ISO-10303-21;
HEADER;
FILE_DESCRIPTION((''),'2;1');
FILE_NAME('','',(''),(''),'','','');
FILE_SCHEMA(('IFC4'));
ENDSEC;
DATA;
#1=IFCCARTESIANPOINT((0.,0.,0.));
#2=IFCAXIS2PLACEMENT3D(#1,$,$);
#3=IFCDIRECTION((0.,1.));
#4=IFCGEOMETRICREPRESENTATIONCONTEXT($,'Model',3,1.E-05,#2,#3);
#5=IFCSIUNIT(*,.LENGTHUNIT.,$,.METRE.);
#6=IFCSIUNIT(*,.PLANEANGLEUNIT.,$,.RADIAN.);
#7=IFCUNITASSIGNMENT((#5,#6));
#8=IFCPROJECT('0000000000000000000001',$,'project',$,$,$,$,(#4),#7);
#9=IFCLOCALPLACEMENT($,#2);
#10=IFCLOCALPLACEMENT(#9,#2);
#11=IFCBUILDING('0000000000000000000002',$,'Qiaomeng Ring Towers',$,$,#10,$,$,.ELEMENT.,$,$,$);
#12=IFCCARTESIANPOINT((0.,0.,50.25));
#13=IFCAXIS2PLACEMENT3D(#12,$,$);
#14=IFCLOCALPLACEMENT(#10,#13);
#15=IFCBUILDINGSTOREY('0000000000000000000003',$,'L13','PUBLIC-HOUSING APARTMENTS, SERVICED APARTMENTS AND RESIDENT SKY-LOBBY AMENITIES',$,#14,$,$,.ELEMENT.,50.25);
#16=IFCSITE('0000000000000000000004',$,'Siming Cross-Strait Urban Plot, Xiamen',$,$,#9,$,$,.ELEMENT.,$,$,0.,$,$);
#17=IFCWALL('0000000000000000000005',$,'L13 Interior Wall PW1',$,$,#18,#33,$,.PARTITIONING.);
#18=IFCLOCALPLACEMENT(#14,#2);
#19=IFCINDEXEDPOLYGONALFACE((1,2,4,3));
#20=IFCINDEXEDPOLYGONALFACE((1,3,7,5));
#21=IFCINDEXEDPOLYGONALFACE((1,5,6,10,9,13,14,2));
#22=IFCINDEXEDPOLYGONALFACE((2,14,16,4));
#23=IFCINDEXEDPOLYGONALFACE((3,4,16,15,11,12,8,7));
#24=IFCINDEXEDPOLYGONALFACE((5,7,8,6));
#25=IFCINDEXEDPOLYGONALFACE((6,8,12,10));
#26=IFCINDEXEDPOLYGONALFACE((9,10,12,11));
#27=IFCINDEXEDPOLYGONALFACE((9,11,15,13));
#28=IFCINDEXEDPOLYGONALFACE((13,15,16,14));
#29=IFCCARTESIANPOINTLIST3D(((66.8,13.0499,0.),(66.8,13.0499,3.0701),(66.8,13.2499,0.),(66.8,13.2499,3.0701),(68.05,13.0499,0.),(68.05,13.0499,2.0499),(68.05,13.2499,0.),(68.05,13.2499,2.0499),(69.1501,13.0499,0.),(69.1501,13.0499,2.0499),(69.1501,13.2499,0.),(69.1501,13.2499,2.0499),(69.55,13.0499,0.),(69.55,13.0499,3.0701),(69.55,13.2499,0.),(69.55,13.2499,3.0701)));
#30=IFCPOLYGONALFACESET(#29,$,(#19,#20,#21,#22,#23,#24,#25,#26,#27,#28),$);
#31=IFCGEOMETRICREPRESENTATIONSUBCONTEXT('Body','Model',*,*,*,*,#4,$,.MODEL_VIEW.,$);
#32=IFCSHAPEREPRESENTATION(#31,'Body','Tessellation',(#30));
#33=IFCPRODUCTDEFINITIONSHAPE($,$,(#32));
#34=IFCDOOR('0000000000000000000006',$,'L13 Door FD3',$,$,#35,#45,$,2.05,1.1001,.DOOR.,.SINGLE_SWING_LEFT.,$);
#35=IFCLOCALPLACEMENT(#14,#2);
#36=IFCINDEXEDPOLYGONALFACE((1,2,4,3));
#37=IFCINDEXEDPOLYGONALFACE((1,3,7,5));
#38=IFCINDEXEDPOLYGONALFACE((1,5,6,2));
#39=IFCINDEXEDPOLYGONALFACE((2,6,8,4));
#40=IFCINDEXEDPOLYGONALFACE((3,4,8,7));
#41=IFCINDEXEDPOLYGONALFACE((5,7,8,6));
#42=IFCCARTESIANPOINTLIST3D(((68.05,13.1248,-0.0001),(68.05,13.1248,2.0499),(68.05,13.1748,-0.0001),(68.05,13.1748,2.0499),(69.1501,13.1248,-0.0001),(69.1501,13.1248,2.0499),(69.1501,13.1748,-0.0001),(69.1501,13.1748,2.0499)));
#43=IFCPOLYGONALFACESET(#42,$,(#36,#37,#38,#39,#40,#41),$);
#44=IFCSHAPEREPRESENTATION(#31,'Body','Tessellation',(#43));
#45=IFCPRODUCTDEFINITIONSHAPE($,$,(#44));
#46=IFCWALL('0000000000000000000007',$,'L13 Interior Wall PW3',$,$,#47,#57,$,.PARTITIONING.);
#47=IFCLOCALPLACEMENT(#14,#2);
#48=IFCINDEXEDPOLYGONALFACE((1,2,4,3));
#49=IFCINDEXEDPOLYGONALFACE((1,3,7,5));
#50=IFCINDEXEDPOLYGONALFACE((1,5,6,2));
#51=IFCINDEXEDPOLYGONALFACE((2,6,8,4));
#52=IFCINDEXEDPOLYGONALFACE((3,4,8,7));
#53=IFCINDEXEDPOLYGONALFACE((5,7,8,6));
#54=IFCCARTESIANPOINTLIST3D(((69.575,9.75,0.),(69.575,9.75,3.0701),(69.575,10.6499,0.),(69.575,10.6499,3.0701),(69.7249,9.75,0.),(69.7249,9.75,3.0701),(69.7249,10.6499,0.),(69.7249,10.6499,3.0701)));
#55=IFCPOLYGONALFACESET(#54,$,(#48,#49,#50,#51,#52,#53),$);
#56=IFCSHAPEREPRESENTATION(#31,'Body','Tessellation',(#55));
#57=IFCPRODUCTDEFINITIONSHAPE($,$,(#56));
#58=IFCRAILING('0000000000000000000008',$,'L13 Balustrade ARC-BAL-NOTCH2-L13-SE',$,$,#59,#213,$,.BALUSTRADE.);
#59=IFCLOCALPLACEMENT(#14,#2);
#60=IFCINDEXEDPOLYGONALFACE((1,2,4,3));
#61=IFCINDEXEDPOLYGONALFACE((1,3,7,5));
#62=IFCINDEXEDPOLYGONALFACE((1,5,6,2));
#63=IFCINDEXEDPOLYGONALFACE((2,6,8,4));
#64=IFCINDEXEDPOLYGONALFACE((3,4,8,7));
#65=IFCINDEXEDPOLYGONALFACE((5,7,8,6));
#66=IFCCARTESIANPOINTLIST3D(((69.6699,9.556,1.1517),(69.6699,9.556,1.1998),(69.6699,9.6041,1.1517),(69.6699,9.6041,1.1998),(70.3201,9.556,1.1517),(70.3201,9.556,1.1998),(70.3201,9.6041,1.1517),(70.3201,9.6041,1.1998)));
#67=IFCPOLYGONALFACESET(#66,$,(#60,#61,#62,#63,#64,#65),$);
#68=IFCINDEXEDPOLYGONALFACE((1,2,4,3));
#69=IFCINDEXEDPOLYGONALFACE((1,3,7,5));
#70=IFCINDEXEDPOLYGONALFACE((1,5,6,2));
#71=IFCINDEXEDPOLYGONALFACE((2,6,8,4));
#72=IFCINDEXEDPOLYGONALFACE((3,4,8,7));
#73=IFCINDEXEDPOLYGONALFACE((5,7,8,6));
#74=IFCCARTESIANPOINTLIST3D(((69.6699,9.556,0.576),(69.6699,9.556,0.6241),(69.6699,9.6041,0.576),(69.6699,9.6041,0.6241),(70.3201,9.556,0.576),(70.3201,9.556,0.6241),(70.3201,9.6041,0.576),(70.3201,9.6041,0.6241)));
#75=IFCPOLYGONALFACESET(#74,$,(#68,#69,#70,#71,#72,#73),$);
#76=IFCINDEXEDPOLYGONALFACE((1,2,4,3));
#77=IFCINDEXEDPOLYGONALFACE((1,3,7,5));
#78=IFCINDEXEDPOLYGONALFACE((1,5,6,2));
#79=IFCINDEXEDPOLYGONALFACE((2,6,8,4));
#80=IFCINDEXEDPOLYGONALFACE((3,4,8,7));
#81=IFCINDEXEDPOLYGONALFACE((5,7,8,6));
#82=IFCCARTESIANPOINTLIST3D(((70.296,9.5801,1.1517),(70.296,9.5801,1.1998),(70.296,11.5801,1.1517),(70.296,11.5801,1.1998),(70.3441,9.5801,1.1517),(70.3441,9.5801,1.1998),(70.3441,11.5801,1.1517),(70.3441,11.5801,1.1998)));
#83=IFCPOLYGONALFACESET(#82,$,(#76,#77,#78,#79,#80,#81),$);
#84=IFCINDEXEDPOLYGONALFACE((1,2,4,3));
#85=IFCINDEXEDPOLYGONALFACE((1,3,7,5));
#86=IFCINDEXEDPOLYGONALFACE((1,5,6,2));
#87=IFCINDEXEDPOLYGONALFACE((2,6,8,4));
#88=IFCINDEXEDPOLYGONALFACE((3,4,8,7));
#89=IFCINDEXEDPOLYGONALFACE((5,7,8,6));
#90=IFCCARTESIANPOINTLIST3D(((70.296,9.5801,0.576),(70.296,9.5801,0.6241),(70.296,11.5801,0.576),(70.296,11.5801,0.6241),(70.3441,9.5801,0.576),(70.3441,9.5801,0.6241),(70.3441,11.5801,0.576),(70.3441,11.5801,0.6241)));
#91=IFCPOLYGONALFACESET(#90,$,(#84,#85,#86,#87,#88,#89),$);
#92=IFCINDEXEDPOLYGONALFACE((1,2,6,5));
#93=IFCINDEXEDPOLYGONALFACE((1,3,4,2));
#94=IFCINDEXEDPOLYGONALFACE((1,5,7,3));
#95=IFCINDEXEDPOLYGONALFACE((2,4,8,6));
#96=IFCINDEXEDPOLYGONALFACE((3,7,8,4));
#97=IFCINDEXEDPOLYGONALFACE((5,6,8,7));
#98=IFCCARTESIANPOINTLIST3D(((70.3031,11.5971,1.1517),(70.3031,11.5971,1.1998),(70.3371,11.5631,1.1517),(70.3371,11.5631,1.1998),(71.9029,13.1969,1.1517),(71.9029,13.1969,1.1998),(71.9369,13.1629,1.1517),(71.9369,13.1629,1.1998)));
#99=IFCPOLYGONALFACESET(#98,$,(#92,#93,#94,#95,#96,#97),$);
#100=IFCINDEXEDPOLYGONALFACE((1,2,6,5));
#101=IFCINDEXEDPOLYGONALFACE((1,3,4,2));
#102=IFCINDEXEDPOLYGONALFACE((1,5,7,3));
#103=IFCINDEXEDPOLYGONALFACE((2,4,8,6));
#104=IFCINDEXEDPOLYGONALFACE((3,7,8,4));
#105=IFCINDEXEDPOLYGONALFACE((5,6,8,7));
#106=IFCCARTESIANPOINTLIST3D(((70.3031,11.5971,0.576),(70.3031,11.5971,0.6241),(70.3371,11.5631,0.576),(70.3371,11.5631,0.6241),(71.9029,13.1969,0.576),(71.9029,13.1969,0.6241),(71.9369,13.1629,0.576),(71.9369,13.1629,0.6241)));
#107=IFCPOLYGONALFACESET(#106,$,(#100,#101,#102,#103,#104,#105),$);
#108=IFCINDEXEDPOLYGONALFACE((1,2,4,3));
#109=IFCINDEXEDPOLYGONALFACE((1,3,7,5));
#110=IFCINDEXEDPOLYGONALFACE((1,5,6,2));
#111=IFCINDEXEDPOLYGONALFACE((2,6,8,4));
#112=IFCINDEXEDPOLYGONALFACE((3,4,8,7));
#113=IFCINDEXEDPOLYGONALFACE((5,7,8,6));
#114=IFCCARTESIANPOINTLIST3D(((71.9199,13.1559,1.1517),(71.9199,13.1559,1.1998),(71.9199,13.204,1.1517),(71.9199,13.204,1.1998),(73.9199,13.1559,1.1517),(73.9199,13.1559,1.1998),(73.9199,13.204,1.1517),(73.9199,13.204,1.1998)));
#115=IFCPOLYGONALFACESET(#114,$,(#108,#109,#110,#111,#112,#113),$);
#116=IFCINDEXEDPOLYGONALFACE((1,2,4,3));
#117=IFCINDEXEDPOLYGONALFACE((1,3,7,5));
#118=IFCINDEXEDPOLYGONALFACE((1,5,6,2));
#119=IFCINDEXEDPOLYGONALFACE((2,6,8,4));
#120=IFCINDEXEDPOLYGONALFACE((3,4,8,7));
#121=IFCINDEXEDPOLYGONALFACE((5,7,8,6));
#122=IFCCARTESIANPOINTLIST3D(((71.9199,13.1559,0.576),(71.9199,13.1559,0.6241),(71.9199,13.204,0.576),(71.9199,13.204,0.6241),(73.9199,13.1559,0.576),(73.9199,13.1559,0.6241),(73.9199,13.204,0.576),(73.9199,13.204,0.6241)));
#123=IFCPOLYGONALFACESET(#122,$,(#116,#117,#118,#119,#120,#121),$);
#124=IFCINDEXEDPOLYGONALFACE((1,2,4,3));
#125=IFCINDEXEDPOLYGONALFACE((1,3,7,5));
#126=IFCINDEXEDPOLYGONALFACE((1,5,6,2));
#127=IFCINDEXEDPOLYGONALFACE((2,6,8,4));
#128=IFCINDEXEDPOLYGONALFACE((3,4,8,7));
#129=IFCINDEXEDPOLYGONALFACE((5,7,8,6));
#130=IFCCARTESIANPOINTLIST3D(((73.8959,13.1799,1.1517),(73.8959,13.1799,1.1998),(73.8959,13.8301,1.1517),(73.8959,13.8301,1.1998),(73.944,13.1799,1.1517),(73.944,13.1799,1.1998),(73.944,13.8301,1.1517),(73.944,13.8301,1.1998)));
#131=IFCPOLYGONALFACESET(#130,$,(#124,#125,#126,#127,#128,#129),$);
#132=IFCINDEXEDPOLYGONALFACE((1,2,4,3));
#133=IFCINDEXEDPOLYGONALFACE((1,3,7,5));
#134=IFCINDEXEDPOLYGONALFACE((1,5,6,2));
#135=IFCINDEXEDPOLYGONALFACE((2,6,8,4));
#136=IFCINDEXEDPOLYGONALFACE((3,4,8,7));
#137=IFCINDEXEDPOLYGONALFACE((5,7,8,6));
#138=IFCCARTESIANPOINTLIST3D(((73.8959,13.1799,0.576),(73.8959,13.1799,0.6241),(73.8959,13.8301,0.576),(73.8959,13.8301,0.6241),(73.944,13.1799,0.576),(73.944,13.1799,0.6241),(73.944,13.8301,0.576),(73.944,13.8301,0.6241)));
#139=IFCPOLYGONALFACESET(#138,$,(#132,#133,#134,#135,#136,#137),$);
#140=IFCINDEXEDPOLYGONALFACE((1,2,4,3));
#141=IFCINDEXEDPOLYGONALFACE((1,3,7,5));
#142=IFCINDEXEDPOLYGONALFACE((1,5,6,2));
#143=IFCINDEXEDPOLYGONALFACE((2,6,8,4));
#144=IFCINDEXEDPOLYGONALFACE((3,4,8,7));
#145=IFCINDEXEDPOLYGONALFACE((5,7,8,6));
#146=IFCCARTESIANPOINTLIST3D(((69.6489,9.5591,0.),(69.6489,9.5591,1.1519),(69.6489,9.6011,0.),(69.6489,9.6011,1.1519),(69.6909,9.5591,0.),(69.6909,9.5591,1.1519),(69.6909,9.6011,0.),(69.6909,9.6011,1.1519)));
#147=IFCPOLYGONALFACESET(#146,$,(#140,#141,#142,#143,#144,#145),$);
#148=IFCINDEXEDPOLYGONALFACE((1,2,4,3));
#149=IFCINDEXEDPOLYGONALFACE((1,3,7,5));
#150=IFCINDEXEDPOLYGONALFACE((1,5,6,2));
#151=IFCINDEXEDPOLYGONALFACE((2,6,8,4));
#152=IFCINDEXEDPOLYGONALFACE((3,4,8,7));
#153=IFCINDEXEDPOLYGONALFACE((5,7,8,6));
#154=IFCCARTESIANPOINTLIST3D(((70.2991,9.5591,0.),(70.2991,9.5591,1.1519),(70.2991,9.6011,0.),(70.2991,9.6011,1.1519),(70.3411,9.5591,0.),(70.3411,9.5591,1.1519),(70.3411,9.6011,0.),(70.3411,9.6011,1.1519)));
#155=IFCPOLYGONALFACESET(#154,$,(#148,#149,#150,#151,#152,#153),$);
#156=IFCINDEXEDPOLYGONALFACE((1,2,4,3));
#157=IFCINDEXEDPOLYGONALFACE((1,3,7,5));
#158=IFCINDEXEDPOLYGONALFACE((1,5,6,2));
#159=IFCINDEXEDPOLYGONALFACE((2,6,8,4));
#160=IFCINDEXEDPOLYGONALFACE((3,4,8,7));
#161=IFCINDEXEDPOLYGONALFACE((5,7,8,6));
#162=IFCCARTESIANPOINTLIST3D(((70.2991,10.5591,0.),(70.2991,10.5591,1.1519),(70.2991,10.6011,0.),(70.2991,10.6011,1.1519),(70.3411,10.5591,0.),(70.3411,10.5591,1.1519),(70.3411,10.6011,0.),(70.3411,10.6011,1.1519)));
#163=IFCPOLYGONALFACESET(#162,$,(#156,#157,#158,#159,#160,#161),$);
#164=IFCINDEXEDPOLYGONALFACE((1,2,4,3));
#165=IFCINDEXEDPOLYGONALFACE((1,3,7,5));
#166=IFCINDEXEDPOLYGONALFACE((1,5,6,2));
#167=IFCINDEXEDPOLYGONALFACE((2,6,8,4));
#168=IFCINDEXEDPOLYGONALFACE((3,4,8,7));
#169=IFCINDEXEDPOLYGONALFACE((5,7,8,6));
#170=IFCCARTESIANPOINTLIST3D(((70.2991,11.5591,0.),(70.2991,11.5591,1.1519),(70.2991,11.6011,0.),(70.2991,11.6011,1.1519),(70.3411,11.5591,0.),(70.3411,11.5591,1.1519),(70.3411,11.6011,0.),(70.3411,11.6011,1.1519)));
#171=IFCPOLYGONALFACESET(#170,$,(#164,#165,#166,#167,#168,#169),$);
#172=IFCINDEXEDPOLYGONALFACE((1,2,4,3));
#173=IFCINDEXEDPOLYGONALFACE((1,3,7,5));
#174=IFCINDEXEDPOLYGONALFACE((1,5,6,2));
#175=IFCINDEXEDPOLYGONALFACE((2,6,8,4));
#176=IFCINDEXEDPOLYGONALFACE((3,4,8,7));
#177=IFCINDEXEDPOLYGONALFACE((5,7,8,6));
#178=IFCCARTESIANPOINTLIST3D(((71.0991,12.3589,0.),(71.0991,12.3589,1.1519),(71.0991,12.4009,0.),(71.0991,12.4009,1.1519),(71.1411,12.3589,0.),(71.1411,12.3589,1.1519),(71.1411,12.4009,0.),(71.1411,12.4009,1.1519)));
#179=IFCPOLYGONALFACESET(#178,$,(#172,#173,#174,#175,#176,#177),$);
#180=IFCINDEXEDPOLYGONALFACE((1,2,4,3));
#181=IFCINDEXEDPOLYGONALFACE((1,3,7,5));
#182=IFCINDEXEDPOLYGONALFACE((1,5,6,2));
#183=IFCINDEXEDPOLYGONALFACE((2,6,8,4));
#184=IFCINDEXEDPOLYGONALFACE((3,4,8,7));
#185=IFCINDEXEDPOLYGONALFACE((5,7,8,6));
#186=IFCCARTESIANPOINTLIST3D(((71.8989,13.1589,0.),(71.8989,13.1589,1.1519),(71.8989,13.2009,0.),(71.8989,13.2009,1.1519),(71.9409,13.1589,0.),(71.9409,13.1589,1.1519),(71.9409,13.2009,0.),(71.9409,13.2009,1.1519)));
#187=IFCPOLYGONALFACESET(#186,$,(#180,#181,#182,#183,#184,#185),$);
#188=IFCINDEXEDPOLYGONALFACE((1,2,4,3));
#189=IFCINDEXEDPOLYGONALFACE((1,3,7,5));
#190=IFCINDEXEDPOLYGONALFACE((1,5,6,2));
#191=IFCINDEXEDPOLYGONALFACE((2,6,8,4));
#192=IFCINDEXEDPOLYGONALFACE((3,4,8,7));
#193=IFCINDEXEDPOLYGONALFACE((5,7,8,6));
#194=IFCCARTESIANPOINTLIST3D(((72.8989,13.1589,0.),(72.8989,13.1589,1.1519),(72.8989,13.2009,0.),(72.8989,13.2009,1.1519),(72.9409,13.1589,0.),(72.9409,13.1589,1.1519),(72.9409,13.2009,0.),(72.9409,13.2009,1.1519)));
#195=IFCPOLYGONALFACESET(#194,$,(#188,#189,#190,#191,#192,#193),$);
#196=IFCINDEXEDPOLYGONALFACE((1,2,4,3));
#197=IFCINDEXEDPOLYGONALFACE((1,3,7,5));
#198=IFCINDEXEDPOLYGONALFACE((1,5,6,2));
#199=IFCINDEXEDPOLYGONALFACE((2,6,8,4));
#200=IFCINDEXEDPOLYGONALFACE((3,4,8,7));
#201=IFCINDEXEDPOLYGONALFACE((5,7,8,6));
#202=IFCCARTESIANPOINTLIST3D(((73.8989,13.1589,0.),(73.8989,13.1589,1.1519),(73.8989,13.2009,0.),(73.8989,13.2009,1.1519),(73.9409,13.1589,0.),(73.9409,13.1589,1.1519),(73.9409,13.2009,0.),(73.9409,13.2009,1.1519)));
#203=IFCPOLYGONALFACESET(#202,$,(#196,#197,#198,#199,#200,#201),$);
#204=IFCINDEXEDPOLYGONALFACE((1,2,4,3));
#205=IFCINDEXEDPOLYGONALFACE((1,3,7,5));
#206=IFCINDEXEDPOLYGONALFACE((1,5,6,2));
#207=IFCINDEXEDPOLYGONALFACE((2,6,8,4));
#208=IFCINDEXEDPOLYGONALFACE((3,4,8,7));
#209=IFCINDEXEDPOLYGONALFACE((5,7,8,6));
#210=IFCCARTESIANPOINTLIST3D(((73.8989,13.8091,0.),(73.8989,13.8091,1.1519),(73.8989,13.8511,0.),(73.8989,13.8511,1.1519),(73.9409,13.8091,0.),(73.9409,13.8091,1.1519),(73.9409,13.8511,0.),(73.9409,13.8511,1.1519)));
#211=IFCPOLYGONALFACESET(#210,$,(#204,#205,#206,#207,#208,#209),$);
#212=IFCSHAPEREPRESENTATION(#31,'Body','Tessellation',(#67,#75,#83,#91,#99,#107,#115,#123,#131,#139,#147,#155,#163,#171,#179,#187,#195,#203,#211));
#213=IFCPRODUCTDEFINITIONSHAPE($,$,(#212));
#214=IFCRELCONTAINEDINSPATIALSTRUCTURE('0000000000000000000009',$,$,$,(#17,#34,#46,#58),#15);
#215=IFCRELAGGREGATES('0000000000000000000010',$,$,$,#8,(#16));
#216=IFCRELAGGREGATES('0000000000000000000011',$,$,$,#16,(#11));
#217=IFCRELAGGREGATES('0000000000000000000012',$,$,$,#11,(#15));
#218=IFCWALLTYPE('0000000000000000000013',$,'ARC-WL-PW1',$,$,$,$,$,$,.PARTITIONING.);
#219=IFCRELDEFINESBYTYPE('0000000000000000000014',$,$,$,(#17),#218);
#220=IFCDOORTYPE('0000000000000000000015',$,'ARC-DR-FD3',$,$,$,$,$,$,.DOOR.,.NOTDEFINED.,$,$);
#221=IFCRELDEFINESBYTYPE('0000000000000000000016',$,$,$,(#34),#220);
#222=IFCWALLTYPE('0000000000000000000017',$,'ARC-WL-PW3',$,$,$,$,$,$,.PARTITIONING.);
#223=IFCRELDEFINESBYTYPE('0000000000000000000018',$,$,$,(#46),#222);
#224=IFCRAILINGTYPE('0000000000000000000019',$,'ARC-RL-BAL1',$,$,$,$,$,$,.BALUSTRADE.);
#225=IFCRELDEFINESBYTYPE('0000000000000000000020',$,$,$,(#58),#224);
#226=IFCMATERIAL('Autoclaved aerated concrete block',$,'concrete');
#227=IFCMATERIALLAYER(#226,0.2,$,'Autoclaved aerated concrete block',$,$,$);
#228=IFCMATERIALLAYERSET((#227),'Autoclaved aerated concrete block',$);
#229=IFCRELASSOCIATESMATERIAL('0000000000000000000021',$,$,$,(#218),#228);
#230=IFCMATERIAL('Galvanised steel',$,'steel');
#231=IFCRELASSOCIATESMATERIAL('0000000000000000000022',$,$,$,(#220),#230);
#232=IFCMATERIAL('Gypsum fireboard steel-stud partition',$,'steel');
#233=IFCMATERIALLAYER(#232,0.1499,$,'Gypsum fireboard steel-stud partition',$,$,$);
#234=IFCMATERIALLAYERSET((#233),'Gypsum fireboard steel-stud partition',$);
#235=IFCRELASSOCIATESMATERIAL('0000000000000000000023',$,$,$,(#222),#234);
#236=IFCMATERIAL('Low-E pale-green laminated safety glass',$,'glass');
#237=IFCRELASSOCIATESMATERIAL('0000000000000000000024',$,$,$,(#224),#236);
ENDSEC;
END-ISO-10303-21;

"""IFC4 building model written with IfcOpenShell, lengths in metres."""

from ifc_helpers import new_model, si_unit, direction, frame, frame_2d, origin, origin_2d, place, context, subcontext, project, spatial, rectangle, extrude, source, transform, mapped, material, layer, layer_set, type_object, element, fill, save


model = new_model("IFC4")

# Units and contexts
model_context = context("Model", 3, precision=1e-05, world=origin(), true_north=direction((0.0, 1.0)))
body_context = subcontext(model_context, "Body", "Model", "MODEL_VIEW")
ifc_project = project(units=[si_unit("LENGTHUNIT", "METRE"), si_unit("PLANEANGLEUNIT", "RADIAN")], contexts=[model_context])

# Site, building, storey
site_placement = place(None, origin())
site = spatial("IfcSite", under=ifc_project, at=site_placement, Name="Siming Cross-Strait Urban Plot, Xiamen", CompositionType="ELEMENT", RefElevation=0.0)
building_placement = place(site_placement, origin())
building = spatial("IfcBuilding", under=site, at=building_placement, Name="Qiaomeng Ring Towers", CompositionType="ELEMENT")
storey_placement = place(building_placement, frame((0.0, 0.0, 50.25)))
storey = spatial("IfcBuildingStorey", under=building, at=storey_placement, Name="L13", Description="PUBLIC-HOUSING APARTMENTS, SERVICED APARTMENTS AND RESIDENT SKY-LOBBY AMENITIES", CompositionType="ELEMENT", Elevation=50.25)

# Shared definitions
ifc_material_1 = material(Name="Autoclaved aerated concrete block", Category="concrete")
ifc_layer_1 = layer(ifc_material_1, 0.2, Name="Autoclaved aerated concrete block")
ifc_layer_set_1 = layer_set([ifc_layer_1], Name="Autoclaved aerated concrete block")
wall_type_1 = type_object("IfcWallType", Name="ARC-WL-PW1", PredefinedType="PARTITIONING", material=ifc_layer_set_1)

# Wall, opening, door
wall_1_placement = place(storey_placement, frame((66.8, 13.1499, 0.0), z_axis=(0.0, 0.0, 1.0), x_axis=(1.0, 0.0, 0.0)))
wall_1 = element("IfcWall", 1, at=wall_1_placement, inside=storey, type_object=wall_type_1, Name="L13 Interior Wall PW1", PredefinedType="PARTITIONING", context=body_context, shape_type="SweptSolid", body=[
    extrude(rectangle(XDim=2.75, YDim=0.2, at=frame_2d((1.375, 0.0))), origin(), (0.0, 0.0, 1.0), 3.0701),
])
opening_1_placement = place(wall_1_placement, frame((1.25, 0.0, 0.0)))
opening_1 = element("IfcOpeningElement", 2, at=opening_1_placement, cuts=wall_1, PredefinedType="OPENING", context=body_context, shape_type="SweptSolid", body=[
    extrude(rectangle(XDim=1.1001, YDim=2.05, at=frame_2d((0.55, 1.0249))), frame((0.0, 0.1099, 0.0), z_axis=(0.0, -1.0, 0.0), x_axis=(1.0, 0.0, 0.0)), (0.0, 0.0, 1.0), 0.22),
])
ifc_material_2 = material(Name="Galvanised steel", Category="steel")
door_type_1 = type_object("IfcDoorType", Name="ARC-DR-FD3", OperationType="NOTDEFINED", PredefinedType="DOOR", material=ifc_material_2)
shared_shape_1 = source(origin(), body_context, "Body", "SweptSolid", [
    extrude(rectangle(XDim=1.1001, YDim=2.05, at=frame_2d((0.55, 1.0249))), frame((0.0, 0.0249, 0.0), z_axis=(0.0, -1.0, 0.0), x_axis=(1.0, 0.0, 0.0)), (0.0, 0.0, 1.0), 0.05),
])
door_1_placement = place(opening_1_placement, origin())
door_1 = element("IfcDoor", 3, at=door_1_placement, inside=storey, type_object=door_type_1, Name="L13 Door FD3", OperationType="SINGLE_SWING_LEFT", OverallHeight=2.05, OverallWidth=1.1001, PredefinedType="DOOR", context=body_context, shape_type="MappedRepresentation", body=[
    mapped(shared_shape_1, transform((0.0, 0.0, 0.0), x_axis=(1.0, 0.0, 0.0), y_axis=(0.0, 1.0, 0.0), z_axis=(0.0, 0.0, 1.0), scale=1.0)),
])
fill(opening_1, door_1)

# Wall
ifc_material_3 = material(Name="Gypsum fireboard steel-stud partition", Category="steel")
ifc_layer_2 = layer(ifc_material_3, 0.1499, Name="Gypsum fireboard steel-stud partition")
ifc_layer_set_2 = layer_set([ifc_layer_2], Name="Gypsum fireboard steel-stud partition")
wall_type_2 = type_object("IfcWallType", Name="ARC-WL-PW3", PredefinedType="PARTITIONING", material=ifc_layer_set_2)
wall_2_placement = place(storey_placement, frame((69.6499, 9.75, 0.0), z_axis=(0.0, 0.0, 1.0), x_axis=(0.0, 1.0, 0.0)))
element("IfcWall", 4, at=wall_2_placement, inside=storey, type_object=wall_type_2, Name="L13 Interior Wall PW3", PredefinedType="PARTITIONING", context=body_context, shape_type="SweptSolid", body=[
    extrude(rectangle(XDim=0.8999, YDim=0.1499, at=frame_2d((0.45, 0.0))), origin(), (0.0, 0.0, 1.0), 3.0701),
])

# Railing
ifc_material_4 = material(Name="Low-E pale-green laminated safety glass", Category="glass")
railing_type = type_object("IfcRailingType", Name="ARC-RL-BAL1", PredefinedType="BALUSTRADE", material=ifc_material_4)
railing_placement = place(storey_placement, frame((69.6699, 9.5801, 0.0)))
element("IfcRailing", 5, at=railing_placement, inside=storey, type_object=railing_type, Name="L13 Balustrade ARC-BAL-NOTCH2-L13-SE", PredefinedType="BALUSTRADE", context=body_context, shape_type="SweptSolid", body=[
    extrude(rectangle(XDim=0.0481, YDim=0.0481, at=origin_2d()), frame((0.0, 0.0, 1.1758), z_axis=(1.0, 0.0, 0.0), x_axis=(0.0, 1.0, 0.0)), (0.0, 0.0, 1.0), 0.6501),
    extrude(rectangle(XDim=0.0481, YDim=0.0481, at=origin_2d()), frame((0.0, 0.0, 0.6001), z_axis=(1.0, 0.0, 0.0), x_axis=(0.0, 1.0, 0.0)), (0.0, 0.0, 1.0), 0.6501),
    extrude(rectangle(XDim=0.0481, YDim=0.0481, at=origin_2d()), frame((0.6501, 0.0, 1.1758), z_axis=(0.0, 1.0, 0.0), x_axis=(-1.0, 0.0, 0.0)), (0.0, 0.0, 1.0), 2.0),
    extrude(rectangle(XDim=0.0481, YDim=0.0481, at=origin_2d()), frame((0.6501, 0.0, 0.6001), z_axis=(0.0, 1.0, 0.0), x_axis=(-1.0, 0.0, 0.0)), (0.0, 0.0, 1.0), 2.0),
    extrude(rectangle(XDim=0.0481, YDim=0.0481, at=origin_2d()), frame((0.6501, 2.0, 1.1758), z_axis=(0.707107, 0.707107, 0.0), x_axis=(-0.707107, 0.707107, 0.0)), (0.0, 0.0, 1.0), 2.2625),
    extrude(rectangle(XDim=0.0481, YDim=0.0481, at=origin_2d()), frame((0.6501, 2.0, 0.6001), z_axis=(0.707107, 0.707107, 0.0), x_axis=(-0.707107, 0.707107, 0.0)), (0.0, 0.0, 1.0), 2.2625),
    extrude(rectangle(XDim=0.0481, YDim=0.0481, at=origin_2d()), frame((2.25, 3.5999, 1.1758), z_axis=(1.0, 0.0, 0.0), x_axis=(0.0, 1.0, 0.0)), (0.0, 0.0, 1.0), 2.0),
    extrude(rectangle(XDim=0.0481, YDim=0.0481, at=origin_2d()), frame((2.25, 3.5999, 0.6001), z_axis=(1.0, 0.0, 0.0), x_axis=(0.0, 1.0, 0.0)), (0.0, 0.0, 1.0), 2.0),
    extrude(rectangle(XDim=0.0481, YDim=0.0481, at=origin_2d()), frame((4.25, 3.5999, 1.1758), z_axis=(0.0, 1.0, 0.0), x_axis=(-1.0, 0.0, 0.0)), (0.0, 0.0, 1.0), 0.6501),
    extrude(rectangle(XDim=0.0481, YDim=0.0481, at=origin_2d()), frame((4.25, 3.5999, 0.6001), z_axis=(0.0, 1.0, 0.0), x_axis=(-1.0, 0.0, 0.0)), (0.0, 0.0, 1.0), 0.6501),
    extrude(rectangle(XDim=0.042, YDim=0.042, at=origin_2d()), origin(), (0.0, 0.0, 1.0), 1.1519),
    extrude(rectangle(XDim=0.042, YDim=0.042, at=origin_2d()), frame((0.6501, 0.0, 0.0)), (0.0, 0.0, 1.0), 1.1519),
    extrude(rectangle(XDim=0.042, YDim=0.042, at=origin_2d()), frame((0.6501, 1.0, 0.0)), (0.0, 0.0, 1.0), 1.1519),
    extrude(rectangle(XDim=0.042, YDim=0.042, at=origin_2d()), frame((0.6501, 2.0, 0.0)), (0.0, 0.0, 1.0), 1.1519),
    extrude(rectangle(XDim=0.042, YDim=0.042, at=origin_2d()), frame((1.4502, 2.7998, 0.0)), (0.0, 0.0, 1.0), 1.1519),
    extrude(rectangle(XDim=0.042, YDim=0.042, at=origin_2d()), frame((2.25, 3.5999, 0.0)), (0.0, 0.0, 1.0), 1.1519),
    extrude(rectangle(XDim=0.042, YDim=0.042, at=origin_2d()), frame((3.25, 3.5999, 0.0)), (0.0, 0.0, 1.0), 1.1519),
    extrude(rectangle(XDim=0.042, YDim=0.042, at=origin_2d()), frame((4.25, 3.5999, 0.0)), (0.0, 0.0, 1.0), 1.1519),
    extrude(rectangle(XDim=0.042, YDim=0.042, at=origin_2d()), frame((4.25, 4.25, 0.0)), (0.0, 0.0, 1.0), 1.1519),
])

save(model, "model.ifc")
